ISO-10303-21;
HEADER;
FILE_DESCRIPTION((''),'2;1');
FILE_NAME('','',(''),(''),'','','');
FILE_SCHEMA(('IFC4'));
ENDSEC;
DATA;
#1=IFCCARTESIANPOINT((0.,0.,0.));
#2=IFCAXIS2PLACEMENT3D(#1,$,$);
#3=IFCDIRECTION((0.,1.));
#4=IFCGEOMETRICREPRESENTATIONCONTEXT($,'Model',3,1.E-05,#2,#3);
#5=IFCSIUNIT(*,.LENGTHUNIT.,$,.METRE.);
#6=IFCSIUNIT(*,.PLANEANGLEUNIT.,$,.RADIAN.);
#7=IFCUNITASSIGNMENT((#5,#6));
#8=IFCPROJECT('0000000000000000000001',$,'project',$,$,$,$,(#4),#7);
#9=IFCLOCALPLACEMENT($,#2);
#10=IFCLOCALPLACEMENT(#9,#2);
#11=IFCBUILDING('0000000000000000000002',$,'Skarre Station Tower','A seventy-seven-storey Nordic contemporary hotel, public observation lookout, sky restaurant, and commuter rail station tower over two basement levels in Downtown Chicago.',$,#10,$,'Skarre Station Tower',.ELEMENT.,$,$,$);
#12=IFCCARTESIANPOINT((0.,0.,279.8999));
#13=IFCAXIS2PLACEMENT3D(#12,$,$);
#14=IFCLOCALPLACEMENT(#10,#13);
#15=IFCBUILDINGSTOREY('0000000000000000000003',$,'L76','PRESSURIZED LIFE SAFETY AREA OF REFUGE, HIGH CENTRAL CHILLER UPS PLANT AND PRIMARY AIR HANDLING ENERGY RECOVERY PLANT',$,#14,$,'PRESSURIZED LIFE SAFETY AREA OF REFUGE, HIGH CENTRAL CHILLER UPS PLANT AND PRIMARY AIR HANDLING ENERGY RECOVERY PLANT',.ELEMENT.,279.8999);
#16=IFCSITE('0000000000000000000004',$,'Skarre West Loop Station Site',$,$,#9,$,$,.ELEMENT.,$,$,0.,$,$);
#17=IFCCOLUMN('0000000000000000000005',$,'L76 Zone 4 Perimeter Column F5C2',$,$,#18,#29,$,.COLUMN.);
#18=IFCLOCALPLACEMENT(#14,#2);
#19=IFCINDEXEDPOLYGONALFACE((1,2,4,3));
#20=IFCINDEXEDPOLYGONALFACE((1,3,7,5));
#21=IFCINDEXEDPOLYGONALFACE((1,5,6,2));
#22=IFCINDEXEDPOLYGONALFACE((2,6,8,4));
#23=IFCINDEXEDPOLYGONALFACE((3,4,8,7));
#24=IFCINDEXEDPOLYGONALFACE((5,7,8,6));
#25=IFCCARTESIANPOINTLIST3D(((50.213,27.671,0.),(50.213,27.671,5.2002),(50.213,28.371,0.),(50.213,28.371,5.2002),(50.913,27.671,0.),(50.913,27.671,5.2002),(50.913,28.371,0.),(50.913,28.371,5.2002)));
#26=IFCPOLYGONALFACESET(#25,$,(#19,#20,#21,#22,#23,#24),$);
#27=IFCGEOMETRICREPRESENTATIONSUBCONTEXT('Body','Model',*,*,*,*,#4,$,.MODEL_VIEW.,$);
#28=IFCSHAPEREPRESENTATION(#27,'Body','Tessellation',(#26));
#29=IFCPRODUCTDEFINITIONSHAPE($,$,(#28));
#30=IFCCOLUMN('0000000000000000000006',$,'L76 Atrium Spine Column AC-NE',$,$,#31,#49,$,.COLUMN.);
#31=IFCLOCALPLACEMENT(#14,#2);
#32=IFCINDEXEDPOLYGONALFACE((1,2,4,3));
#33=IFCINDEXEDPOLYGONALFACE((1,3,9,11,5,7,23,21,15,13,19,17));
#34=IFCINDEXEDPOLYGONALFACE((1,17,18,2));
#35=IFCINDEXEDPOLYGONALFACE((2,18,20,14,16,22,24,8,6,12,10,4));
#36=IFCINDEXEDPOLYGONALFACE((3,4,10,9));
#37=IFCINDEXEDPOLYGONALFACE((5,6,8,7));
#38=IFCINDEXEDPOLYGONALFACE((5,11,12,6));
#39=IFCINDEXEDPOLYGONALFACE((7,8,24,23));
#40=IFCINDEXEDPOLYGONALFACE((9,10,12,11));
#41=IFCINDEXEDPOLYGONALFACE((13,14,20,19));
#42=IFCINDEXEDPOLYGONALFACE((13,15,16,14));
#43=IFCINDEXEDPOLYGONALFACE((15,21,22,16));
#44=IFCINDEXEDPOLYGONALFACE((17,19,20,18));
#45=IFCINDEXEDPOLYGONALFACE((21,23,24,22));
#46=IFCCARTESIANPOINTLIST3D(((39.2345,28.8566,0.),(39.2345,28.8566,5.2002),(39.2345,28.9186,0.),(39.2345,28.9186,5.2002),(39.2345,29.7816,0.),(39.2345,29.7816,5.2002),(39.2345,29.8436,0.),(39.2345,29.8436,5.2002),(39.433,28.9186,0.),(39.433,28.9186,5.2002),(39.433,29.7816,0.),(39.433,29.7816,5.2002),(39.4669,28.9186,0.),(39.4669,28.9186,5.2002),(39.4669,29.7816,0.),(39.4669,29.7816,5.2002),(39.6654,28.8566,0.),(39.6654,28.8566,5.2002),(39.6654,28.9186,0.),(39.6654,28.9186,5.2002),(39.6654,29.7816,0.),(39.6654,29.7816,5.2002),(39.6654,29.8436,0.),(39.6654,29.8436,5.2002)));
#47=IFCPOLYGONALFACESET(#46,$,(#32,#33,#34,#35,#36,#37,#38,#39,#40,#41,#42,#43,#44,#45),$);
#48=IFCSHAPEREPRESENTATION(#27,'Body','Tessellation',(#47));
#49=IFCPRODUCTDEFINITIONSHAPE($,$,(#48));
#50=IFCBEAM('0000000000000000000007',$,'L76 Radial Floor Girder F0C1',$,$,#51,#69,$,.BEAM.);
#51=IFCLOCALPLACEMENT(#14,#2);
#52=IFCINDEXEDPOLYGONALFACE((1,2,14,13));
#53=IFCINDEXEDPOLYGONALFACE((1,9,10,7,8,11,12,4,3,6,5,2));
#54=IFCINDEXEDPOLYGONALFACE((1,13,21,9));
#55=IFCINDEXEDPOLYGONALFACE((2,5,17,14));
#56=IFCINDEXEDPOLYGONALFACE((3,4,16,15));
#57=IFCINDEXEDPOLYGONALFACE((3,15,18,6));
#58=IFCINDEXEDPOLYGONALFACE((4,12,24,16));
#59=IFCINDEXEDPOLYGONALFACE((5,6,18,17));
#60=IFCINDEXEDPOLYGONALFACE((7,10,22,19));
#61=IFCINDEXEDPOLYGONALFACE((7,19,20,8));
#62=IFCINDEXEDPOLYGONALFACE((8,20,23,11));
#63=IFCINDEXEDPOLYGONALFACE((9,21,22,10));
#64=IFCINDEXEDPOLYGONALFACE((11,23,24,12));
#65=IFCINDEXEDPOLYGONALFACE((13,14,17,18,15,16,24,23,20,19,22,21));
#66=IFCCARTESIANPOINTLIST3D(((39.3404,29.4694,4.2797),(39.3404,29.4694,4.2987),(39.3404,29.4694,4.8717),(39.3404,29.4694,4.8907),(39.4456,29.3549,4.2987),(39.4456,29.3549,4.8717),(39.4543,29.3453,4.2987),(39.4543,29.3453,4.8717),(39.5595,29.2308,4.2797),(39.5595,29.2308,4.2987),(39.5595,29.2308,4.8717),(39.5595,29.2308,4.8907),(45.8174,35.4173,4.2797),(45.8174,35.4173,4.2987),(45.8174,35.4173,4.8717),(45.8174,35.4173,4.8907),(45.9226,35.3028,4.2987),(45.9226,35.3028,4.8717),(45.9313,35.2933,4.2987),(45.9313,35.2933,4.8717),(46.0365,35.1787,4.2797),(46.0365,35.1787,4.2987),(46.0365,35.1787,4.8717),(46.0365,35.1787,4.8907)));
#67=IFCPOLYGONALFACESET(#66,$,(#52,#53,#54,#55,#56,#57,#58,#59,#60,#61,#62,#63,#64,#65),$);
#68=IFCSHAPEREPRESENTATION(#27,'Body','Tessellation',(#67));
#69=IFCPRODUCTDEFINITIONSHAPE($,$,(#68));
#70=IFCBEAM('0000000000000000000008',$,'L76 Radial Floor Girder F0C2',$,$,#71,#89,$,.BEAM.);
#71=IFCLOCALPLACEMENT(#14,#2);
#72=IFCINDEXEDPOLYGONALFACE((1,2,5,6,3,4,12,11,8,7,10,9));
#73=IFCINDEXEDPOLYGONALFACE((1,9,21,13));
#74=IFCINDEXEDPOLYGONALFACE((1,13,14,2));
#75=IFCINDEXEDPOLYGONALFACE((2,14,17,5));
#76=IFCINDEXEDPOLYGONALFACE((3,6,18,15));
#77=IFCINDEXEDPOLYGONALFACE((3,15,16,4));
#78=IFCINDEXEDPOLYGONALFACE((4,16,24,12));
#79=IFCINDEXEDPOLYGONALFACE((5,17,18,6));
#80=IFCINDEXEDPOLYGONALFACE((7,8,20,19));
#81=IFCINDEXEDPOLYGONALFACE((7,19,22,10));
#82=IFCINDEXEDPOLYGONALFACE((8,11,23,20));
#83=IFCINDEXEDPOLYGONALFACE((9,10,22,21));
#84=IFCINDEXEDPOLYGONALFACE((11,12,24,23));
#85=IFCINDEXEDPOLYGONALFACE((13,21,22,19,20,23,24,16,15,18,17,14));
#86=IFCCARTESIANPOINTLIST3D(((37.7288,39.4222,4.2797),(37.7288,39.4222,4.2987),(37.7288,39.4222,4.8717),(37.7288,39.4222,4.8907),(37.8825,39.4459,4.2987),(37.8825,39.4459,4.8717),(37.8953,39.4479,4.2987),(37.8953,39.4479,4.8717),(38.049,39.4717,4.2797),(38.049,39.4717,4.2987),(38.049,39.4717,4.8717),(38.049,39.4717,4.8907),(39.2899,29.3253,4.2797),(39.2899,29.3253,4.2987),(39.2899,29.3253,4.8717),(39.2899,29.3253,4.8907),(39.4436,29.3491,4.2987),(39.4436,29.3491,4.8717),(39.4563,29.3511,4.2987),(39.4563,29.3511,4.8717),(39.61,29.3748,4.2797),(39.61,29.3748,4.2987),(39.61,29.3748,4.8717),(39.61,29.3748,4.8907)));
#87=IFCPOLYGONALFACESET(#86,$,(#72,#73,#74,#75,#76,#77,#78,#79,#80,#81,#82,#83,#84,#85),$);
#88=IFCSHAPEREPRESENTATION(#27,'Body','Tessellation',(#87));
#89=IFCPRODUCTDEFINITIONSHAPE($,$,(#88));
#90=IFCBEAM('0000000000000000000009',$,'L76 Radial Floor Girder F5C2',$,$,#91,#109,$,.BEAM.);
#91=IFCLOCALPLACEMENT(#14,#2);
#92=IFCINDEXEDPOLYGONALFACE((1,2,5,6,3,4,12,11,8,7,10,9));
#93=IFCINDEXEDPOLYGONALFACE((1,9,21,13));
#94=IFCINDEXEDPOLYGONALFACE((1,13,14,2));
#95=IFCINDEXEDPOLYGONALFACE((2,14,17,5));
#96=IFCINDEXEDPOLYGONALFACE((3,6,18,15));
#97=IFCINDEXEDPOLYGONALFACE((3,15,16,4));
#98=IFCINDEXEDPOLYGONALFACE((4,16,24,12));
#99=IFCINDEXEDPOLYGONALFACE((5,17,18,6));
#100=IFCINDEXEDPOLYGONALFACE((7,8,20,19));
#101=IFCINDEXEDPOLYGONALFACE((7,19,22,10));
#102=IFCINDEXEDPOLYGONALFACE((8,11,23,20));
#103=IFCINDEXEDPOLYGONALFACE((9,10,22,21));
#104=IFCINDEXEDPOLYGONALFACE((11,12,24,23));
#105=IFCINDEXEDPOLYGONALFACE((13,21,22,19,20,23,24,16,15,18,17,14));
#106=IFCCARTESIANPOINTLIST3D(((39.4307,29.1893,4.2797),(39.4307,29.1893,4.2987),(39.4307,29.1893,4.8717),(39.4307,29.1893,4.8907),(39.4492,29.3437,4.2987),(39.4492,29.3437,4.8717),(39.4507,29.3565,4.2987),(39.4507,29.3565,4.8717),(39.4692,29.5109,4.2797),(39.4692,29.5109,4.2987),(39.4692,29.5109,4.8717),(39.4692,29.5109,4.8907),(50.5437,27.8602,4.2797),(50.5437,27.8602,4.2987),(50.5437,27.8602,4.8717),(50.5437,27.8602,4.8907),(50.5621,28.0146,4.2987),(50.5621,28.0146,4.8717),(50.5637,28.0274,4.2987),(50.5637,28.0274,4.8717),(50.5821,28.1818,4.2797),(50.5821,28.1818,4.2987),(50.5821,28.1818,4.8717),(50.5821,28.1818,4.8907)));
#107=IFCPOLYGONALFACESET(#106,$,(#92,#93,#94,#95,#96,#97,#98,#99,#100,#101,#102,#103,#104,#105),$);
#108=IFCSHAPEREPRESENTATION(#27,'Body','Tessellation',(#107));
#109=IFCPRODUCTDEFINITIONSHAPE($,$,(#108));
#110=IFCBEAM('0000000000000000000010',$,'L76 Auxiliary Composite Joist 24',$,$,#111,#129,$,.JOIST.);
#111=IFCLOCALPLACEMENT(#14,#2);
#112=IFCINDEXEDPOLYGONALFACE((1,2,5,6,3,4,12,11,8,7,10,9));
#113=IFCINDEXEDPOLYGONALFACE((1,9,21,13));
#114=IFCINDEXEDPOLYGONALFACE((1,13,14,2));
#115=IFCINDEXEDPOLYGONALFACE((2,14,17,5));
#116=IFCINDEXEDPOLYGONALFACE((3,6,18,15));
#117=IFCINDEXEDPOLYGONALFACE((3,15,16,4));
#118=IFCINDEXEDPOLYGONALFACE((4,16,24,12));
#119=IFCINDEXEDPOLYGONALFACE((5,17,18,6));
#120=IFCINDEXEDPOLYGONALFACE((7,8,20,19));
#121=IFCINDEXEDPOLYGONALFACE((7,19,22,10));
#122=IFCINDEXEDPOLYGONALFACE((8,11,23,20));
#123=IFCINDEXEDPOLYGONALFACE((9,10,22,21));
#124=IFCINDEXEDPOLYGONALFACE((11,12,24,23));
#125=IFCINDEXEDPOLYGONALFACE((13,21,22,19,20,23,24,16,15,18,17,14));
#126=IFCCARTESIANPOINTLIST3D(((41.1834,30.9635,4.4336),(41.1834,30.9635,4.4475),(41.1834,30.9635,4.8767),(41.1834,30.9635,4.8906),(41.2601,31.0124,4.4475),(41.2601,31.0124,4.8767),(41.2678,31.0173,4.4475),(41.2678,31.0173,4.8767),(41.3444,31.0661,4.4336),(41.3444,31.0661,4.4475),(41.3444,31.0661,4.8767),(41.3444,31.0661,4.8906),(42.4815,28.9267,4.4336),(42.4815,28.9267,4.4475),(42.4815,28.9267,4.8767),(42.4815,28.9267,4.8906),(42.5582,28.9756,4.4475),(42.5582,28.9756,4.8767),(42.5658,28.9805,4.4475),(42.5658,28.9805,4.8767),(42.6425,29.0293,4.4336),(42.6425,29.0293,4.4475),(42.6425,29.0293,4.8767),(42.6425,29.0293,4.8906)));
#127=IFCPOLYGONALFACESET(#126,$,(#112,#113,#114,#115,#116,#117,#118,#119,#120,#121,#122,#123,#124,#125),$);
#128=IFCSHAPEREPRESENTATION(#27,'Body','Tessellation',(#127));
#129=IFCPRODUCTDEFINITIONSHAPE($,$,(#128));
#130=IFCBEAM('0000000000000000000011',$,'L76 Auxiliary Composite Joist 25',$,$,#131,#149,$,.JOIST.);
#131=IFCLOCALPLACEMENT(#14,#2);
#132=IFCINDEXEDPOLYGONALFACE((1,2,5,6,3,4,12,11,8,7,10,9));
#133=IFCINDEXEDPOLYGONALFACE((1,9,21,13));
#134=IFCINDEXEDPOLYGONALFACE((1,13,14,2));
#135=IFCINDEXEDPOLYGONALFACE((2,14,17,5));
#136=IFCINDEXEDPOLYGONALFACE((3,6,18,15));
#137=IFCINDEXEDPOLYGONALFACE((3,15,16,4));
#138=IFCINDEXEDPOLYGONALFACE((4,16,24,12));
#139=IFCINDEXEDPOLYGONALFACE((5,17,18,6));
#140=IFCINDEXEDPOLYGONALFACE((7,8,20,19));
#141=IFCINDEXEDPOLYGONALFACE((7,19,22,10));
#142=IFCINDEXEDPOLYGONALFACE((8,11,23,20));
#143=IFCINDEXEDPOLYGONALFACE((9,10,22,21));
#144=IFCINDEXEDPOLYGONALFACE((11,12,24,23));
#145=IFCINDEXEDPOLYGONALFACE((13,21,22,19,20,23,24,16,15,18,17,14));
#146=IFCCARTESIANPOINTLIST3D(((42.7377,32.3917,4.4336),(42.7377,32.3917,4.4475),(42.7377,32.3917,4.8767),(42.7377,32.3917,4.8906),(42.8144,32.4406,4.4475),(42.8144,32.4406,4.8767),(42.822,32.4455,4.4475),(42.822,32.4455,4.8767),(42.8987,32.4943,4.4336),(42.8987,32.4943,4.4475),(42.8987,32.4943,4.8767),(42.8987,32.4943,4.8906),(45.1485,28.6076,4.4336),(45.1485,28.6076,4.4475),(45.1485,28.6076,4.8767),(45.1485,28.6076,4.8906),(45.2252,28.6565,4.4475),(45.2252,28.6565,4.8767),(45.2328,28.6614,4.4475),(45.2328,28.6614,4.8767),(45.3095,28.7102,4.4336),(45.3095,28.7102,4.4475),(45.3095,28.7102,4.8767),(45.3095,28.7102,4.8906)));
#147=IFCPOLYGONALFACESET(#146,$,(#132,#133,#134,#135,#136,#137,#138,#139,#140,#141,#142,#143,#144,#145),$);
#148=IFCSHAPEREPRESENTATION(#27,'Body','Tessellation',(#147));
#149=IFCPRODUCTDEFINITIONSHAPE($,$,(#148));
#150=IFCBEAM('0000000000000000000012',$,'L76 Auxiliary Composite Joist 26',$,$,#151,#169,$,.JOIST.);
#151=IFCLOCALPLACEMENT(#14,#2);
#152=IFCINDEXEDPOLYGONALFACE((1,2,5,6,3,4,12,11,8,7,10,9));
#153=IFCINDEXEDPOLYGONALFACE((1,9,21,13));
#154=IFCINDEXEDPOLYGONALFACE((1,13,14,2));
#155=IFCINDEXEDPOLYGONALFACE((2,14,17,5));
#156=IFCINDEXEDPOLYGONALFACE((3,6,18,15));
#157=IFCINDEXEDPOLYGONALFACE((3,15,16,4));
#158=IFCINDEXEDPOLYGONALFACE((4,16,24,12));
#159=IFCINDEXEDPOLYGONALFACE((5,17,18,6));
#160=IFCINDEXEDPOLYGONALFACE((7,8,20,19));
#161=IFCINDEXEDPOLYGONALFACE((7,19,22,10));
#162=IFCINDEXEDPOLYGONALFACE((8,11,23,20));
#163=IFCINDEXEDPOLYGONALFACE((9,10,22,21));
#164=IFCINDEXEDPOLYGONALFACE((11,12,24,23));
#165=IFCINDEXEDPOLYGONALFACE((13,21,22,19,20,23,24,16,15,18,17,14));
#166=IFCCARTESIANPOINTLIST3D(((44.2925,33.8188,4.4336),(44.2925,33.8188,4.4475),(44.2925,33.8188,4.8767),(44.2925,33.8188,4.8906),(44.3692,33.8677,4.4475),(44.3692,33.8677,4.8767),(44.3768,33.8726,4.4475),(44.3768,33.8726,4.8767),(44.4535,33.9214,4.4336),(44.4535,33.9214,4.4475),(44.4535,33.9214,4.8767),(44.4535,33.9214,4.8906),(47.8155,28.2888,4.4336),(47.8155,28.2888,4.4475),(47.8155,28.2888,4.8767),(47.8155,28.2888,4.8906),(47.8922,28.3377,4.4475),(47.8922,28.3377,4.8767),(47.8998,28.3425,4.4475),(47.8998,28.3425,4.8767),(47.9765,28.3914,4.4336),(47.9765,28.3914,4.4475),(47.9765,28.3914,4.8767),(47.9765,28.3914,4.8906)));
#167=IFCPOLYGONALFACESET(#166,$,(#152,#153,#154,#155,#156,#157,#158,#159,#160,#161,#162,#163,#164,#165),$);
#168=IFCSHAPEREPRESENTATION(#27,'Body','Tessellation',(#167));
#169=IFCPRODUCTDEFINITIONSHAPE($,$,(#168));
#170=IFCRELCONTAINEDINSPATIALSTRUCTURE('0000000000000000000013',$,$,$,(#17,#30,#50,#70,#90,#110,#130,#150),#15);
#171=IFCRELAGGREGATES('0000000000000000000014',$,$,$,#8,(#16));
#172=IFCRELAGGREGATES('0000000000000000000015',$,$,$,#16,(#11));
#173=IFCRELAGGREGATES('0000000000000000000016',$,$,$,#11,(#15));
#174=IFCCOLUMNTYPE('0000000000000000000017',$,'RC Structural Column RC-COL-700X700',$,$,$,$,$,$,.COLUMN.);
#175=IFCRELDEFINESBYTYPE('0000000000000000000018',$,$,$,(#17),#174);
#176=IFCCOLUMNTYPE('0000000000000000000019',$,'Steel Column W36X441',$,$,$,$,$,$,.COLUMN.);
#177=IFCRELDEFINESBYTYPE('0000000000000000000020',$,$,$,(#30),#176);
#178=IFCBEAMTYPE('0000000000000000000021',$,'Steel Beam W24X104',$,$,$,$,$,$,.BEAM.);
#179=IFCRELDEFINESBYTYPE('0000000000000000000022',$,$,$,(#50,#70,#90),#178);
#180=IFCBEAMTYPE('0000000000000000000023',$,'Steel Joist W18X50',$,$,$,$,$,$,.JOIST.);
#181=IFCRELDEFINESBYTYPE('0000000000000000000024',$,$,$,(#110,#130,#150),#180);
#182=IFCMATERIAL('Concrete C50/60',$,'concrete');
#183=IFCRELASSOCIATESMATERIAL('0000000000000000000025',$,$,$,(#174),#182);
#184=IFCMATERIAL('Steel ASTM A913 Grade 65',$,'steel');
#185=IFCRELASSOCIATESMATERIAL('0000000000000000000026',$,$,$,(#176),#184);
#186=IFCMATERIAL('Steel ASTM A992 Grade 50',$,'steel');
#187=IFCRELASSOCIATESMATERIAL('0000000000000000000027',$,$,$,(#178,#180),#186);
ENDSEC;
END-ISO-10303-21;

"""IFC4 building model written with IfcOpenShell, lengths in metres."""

from ifc_helpers import new_model, si_unit, direction, frame, origin, origin_2d, place, context, subcontext, project, spatial, rectangle, i_section, extrude, material, material_profile, profile_set, type_object, element, save


model = new_model("IFC4")

# Units and contexts
model_context = context("Model", 3, precision=1e-05, world=origin(), true_north=direction((0.0, 1.0)))
body_context = subcontext(model_context, "Body", "Model", "MODEL_VIEW")
ifc_project = project(units=[si_unit("LENGTHUNIT", "METRE"), si_unit("PLANEANGLEUNIT", "RADIAN")], contexts=[model_context])

# Site, building, storey
site_placement = place(None, origin())
site = spatial("IfcSite", under=ifc_project, at=site_placement, Name="Skarre West Loop Station Site", CompositionType="ELEMENT", RefElevation=0.0)
building_placement = place(site_placement, origin())
building = spatial("IfcBuilding", under=site, at=building_placement, Name="Skarre Station Tower", Description="A seventy-seven-storey Nordic contemporary hotel, public observation lookout, sky restaurant, and commuter rail station tower over two basement levels in Downtown Chicago.", LongName="Skarre Station Tower", CompositionType="ELEMENT")
storey_placement = place(building_placement, frame((0.0, 0.0, 279.8999)))
storey = spatial("IfcBuildingStorey", under=building, at=storey_placement, Name="L76", Description="PRESSURIZED LIFE SAFETY AREA OF REFUGE, HIGH CENTRAL CHILLER UPS PLANT AND PRIMARY AIR HANDLING ENERGY RECOVERY PLANT", LongName="PRESSURIZED LIFE SAFETY AREA OF REFUGE, HIGH CENTRAL CHILLER UPS PLANT AND PRIMARY AIR HANDLING ENERGY RECOVERY PLANT", CompositionType="ELEMENT", Elevation=279.8999)

# Columns
ifc_material_1 = material(Name="Concrete C50/60", Category="concrete")
ifc_material_profile_1 = material_profile(ifc_material_1, rectangle(XDim=0.7, YDim=0.7, at=origin_2d()), Name="Concrete C50/60")
ifc_profile_set_1 = profile_set([ifc_material_profile_1], Name="Concrete C50/60")
column_type_1 = type_object("IfcColumnType", Name="RC Structural Column RC-COL-700X700", PredefinedType="COLUMN", material=ifc_profile_set_1)
column_1_placement = place(storey_placement, frame((50.563, 28.021, 0.0), z_axis=(0.0, 0.0, 1.0), x_axis=(1.0, 0.0, 0.0)))
element("IfcColumn", 1, at=column_1_placement, inside=storey, type_object=column_type_1, Name="L76 Zone 4 Perimeter Column F5C2", PredefinedType="COLUMN", context=body_context, shape_type="SweptSolid", body=[
    extrude(rectangle(XDim=0.7, YDim=0.7, at=origin_2d()), origin(), (0.0, 0.0, 1.0), 5.2002),
])
ifc_material_2 = material(Name="Steel ASTM A913 Grade 65", Category="steel")
ifc_material_profile_2 = material_profile(ifc_material_2, i_section(OverallWidth=0.4309, OverallDepth=0.9871, WebThickness=0.0339, FlangeThickness=0.062, at=origin_2d()), Name="Steel ASTM A913 Grade 65")
ifc_profile_set_2 = profile_set([ifc_material_profile_2], Name="Steel ASTM A913 Grade 65")
column_type_2 = type_object("IfcColumnType", Name="Steel Column W36X441", PredefinedType="COLUMN", material=ifc_profile_set_2)
column_2_placement = place(storey_placement, frame((39.45, 29.3501, 0.0), z_axis=(0.0, 0.0, 1.0), x_axis=(1.0, 0.0, 0.0)))
element("IfcColumn", 2, at=column_2_placement, inside=storey, type_object=column_type_2, Name="L76 Atrium Spine Column AC-NE", PredefinedType="COLUMN", context=body_context, shape_type="SweptSolid", body=[
    extrude(i_section(OverallWidth=0.4309, OverallDepth=0.9871, WebThickness=0.0339, FlangeThickness=0.062, at=origin_2d()), origin(), (0.0, 0.0, 1.0), 5.2002),
])

# Beams
ifc_material_3 = material(Name="Steel ASTM A992 Grade 50", Category="steel")
ifc_material_profile_3 = material_profile(ifc_material_3, i_section(OverallWidth=0.324, OverallDepth=0.6111, WebThickness=0.0129, FlangeThickness=0.019, at=origin_2d()), Name="Steel ASTM A992 Grade 50")
ifc_profile_set_3 = profile_set([ifc_material_profile_3], Name="Steel ASTM A992 Grade 50")
beam_type_1 = type_object("IfcBeamType", Name="Steel Beam W24X104", PredefinedType="BEAM", material=ifc_profile_set_3)
beam_1_placement = place(storey_placement, frame((39.45, 29.3501, 4.5852), z_axis=(0.736548, 0.676386, 0.0), x_axis=(-0.676386, 0.736548, 0.0)))
element("IfcBeam", 3, at=beam_1_placement, inside=storey, type_object=beam_type_1, Name="L76 Radial Floor Girder F0C1", PredefinedType="BEAM", context=body_context, shape_type="SweptSolid", body=[
    extrude(i_section(OverallWidth=0.324, OverallDepth=0.6111, WebThickness=0.0129, FlangeThickness=0.019, at=origin_2d()), origin(), (0.0, 0.0, 1.0), 8.7937),
])
beam_2_placement = place(storey_placement, frame((39.45, 29.3501, 4.5852), z_axis=(-0.15279, 0.988259, 0.0), x_axis=(-0.988259, -0.15279, 0.0)))
element("IfcBeam", 4, at=beam_2_placement, inside=storey, type_object=beam_type_1, Name="L76 Radial Floor Girder F0C2", PredefinedType="BEAM", context=body_context, shape_type="SweptSolid", body=[
    extrude(i_section(OverallWidth=0.324, OverallDepth=0.6111, WebThickness=0.0129, FlangeThickness=0.019, at=origin_2d()), origin(), (0.0, 0.0, 1.0), 10.2168),
])
beam_3_placement = place(storey_placement, frame((39.45, 29.3501, 4.5852), z_axis=(0.992924, -0.118752, 0.0), x_axis=(0.118752, 0.992924, 0.0)))
element("IfcBeam", 5, at=beam_3_placement, inside=storey, type_object=beam_type_1, Name="L76 Radial Floor Girder F5C2", PredefinedType="BEAM", context=body_context, shape_type="SweptSolid", body=[
    extrude(i_section(OverallWidth=0.324, OverallDepth=0.6111, WebThickness=0.0129, FlangeThickness=0.019, at=origin_2d()), origin(), (0.0, 0.0, 1.0), 11.1921),
])
ifc_material_profile_4 = material_profile(ifc_material_3, i_section(OverallWidth=0.1909, OverallDepth=0.457, WebThickness=0.009, FlangeThickness=0.0139, at=origin_2d()), Name="Steel ASTM A992 Grade 50")
ifc_profile_set_4 = profile_set([ifc_material_profile_4], Name="Steel ASTM A992 Grade 50")
beam_type_2 = type_object("IfcBeamType", Name="Steel Joist W18X50", PredefinedType="JOIST", material=ifc_profile_set_4)
beam_4_placement = place(storey_placement, frame((42.562, 28.978, 4.6621), z_axis=(-0.537438, 0.843303, 0.0), x_axis=(-0.843303, -0.537438, 0.0)))
element("IfcBeam", 6, at=beam_4_placement, inside=storey, type_object=beam_type_2, Name="L76 Auxiliary Composite Joist 24", PredefinedType="JOIST", context=body_context, shape_type="SweptSolid", body=[
    extrude(i_section(OverallWidth=0.1909, OverallDepth=0.457, WebThickness=0.009, FlangeThickness=0.0139, at=origin_2d()), origin(), (0.0, 0.0, 1.0), 2.4153),
])
beam_5_placement = place(storey_placement, frame((45.229, 28.6589, 4.6621), z_axis=(-0.537316, 0.843381, 0.0), x_axis=(-0.843381, -0.537316, 0.0)))
element("IfcBeam", 7, at=beam_5_placement, inside=storey, type_object=beam_type_2, Name="L76 Auxiliary Composite Joist 25", PredefinedType="JOIST", context=body_context, shape_type="SweptSolid", body=[
    extrude(i_section(OverallWidth=0.1909, OverallDepth=0.457, WebThickness=0.009, FlangeThickness=0.0139, at=origin_2d()), origin(), (0.0, 0.0, 1.0), 4.4868),
])
beam_6_placement = place(storey_placement, frame((47.896, 28.3401, 4.6621), z_axis=(-0.537292, 0.843396, 0.0), x_axis=(-0.843396, -0.537292, 0.0)))
element("IfcBeam", 8, at=beam_6_placement, inside=storey, type_object=beam_type_2, Name="L76 Auxiliary Composite Joist 26", PredefinedType="JOIST", context=body_context, shape_type="SweptSolid", body=[
    extrude(i_section(OverallWidth=0.1909, OverallDepth=0.457, WebThickness=0.009, FlangeThickness=0.0139, at=origin_2d()), origin(), (0.0, 0.0, 1.0), 6.5569),
])

save(model, "model.ifc")
